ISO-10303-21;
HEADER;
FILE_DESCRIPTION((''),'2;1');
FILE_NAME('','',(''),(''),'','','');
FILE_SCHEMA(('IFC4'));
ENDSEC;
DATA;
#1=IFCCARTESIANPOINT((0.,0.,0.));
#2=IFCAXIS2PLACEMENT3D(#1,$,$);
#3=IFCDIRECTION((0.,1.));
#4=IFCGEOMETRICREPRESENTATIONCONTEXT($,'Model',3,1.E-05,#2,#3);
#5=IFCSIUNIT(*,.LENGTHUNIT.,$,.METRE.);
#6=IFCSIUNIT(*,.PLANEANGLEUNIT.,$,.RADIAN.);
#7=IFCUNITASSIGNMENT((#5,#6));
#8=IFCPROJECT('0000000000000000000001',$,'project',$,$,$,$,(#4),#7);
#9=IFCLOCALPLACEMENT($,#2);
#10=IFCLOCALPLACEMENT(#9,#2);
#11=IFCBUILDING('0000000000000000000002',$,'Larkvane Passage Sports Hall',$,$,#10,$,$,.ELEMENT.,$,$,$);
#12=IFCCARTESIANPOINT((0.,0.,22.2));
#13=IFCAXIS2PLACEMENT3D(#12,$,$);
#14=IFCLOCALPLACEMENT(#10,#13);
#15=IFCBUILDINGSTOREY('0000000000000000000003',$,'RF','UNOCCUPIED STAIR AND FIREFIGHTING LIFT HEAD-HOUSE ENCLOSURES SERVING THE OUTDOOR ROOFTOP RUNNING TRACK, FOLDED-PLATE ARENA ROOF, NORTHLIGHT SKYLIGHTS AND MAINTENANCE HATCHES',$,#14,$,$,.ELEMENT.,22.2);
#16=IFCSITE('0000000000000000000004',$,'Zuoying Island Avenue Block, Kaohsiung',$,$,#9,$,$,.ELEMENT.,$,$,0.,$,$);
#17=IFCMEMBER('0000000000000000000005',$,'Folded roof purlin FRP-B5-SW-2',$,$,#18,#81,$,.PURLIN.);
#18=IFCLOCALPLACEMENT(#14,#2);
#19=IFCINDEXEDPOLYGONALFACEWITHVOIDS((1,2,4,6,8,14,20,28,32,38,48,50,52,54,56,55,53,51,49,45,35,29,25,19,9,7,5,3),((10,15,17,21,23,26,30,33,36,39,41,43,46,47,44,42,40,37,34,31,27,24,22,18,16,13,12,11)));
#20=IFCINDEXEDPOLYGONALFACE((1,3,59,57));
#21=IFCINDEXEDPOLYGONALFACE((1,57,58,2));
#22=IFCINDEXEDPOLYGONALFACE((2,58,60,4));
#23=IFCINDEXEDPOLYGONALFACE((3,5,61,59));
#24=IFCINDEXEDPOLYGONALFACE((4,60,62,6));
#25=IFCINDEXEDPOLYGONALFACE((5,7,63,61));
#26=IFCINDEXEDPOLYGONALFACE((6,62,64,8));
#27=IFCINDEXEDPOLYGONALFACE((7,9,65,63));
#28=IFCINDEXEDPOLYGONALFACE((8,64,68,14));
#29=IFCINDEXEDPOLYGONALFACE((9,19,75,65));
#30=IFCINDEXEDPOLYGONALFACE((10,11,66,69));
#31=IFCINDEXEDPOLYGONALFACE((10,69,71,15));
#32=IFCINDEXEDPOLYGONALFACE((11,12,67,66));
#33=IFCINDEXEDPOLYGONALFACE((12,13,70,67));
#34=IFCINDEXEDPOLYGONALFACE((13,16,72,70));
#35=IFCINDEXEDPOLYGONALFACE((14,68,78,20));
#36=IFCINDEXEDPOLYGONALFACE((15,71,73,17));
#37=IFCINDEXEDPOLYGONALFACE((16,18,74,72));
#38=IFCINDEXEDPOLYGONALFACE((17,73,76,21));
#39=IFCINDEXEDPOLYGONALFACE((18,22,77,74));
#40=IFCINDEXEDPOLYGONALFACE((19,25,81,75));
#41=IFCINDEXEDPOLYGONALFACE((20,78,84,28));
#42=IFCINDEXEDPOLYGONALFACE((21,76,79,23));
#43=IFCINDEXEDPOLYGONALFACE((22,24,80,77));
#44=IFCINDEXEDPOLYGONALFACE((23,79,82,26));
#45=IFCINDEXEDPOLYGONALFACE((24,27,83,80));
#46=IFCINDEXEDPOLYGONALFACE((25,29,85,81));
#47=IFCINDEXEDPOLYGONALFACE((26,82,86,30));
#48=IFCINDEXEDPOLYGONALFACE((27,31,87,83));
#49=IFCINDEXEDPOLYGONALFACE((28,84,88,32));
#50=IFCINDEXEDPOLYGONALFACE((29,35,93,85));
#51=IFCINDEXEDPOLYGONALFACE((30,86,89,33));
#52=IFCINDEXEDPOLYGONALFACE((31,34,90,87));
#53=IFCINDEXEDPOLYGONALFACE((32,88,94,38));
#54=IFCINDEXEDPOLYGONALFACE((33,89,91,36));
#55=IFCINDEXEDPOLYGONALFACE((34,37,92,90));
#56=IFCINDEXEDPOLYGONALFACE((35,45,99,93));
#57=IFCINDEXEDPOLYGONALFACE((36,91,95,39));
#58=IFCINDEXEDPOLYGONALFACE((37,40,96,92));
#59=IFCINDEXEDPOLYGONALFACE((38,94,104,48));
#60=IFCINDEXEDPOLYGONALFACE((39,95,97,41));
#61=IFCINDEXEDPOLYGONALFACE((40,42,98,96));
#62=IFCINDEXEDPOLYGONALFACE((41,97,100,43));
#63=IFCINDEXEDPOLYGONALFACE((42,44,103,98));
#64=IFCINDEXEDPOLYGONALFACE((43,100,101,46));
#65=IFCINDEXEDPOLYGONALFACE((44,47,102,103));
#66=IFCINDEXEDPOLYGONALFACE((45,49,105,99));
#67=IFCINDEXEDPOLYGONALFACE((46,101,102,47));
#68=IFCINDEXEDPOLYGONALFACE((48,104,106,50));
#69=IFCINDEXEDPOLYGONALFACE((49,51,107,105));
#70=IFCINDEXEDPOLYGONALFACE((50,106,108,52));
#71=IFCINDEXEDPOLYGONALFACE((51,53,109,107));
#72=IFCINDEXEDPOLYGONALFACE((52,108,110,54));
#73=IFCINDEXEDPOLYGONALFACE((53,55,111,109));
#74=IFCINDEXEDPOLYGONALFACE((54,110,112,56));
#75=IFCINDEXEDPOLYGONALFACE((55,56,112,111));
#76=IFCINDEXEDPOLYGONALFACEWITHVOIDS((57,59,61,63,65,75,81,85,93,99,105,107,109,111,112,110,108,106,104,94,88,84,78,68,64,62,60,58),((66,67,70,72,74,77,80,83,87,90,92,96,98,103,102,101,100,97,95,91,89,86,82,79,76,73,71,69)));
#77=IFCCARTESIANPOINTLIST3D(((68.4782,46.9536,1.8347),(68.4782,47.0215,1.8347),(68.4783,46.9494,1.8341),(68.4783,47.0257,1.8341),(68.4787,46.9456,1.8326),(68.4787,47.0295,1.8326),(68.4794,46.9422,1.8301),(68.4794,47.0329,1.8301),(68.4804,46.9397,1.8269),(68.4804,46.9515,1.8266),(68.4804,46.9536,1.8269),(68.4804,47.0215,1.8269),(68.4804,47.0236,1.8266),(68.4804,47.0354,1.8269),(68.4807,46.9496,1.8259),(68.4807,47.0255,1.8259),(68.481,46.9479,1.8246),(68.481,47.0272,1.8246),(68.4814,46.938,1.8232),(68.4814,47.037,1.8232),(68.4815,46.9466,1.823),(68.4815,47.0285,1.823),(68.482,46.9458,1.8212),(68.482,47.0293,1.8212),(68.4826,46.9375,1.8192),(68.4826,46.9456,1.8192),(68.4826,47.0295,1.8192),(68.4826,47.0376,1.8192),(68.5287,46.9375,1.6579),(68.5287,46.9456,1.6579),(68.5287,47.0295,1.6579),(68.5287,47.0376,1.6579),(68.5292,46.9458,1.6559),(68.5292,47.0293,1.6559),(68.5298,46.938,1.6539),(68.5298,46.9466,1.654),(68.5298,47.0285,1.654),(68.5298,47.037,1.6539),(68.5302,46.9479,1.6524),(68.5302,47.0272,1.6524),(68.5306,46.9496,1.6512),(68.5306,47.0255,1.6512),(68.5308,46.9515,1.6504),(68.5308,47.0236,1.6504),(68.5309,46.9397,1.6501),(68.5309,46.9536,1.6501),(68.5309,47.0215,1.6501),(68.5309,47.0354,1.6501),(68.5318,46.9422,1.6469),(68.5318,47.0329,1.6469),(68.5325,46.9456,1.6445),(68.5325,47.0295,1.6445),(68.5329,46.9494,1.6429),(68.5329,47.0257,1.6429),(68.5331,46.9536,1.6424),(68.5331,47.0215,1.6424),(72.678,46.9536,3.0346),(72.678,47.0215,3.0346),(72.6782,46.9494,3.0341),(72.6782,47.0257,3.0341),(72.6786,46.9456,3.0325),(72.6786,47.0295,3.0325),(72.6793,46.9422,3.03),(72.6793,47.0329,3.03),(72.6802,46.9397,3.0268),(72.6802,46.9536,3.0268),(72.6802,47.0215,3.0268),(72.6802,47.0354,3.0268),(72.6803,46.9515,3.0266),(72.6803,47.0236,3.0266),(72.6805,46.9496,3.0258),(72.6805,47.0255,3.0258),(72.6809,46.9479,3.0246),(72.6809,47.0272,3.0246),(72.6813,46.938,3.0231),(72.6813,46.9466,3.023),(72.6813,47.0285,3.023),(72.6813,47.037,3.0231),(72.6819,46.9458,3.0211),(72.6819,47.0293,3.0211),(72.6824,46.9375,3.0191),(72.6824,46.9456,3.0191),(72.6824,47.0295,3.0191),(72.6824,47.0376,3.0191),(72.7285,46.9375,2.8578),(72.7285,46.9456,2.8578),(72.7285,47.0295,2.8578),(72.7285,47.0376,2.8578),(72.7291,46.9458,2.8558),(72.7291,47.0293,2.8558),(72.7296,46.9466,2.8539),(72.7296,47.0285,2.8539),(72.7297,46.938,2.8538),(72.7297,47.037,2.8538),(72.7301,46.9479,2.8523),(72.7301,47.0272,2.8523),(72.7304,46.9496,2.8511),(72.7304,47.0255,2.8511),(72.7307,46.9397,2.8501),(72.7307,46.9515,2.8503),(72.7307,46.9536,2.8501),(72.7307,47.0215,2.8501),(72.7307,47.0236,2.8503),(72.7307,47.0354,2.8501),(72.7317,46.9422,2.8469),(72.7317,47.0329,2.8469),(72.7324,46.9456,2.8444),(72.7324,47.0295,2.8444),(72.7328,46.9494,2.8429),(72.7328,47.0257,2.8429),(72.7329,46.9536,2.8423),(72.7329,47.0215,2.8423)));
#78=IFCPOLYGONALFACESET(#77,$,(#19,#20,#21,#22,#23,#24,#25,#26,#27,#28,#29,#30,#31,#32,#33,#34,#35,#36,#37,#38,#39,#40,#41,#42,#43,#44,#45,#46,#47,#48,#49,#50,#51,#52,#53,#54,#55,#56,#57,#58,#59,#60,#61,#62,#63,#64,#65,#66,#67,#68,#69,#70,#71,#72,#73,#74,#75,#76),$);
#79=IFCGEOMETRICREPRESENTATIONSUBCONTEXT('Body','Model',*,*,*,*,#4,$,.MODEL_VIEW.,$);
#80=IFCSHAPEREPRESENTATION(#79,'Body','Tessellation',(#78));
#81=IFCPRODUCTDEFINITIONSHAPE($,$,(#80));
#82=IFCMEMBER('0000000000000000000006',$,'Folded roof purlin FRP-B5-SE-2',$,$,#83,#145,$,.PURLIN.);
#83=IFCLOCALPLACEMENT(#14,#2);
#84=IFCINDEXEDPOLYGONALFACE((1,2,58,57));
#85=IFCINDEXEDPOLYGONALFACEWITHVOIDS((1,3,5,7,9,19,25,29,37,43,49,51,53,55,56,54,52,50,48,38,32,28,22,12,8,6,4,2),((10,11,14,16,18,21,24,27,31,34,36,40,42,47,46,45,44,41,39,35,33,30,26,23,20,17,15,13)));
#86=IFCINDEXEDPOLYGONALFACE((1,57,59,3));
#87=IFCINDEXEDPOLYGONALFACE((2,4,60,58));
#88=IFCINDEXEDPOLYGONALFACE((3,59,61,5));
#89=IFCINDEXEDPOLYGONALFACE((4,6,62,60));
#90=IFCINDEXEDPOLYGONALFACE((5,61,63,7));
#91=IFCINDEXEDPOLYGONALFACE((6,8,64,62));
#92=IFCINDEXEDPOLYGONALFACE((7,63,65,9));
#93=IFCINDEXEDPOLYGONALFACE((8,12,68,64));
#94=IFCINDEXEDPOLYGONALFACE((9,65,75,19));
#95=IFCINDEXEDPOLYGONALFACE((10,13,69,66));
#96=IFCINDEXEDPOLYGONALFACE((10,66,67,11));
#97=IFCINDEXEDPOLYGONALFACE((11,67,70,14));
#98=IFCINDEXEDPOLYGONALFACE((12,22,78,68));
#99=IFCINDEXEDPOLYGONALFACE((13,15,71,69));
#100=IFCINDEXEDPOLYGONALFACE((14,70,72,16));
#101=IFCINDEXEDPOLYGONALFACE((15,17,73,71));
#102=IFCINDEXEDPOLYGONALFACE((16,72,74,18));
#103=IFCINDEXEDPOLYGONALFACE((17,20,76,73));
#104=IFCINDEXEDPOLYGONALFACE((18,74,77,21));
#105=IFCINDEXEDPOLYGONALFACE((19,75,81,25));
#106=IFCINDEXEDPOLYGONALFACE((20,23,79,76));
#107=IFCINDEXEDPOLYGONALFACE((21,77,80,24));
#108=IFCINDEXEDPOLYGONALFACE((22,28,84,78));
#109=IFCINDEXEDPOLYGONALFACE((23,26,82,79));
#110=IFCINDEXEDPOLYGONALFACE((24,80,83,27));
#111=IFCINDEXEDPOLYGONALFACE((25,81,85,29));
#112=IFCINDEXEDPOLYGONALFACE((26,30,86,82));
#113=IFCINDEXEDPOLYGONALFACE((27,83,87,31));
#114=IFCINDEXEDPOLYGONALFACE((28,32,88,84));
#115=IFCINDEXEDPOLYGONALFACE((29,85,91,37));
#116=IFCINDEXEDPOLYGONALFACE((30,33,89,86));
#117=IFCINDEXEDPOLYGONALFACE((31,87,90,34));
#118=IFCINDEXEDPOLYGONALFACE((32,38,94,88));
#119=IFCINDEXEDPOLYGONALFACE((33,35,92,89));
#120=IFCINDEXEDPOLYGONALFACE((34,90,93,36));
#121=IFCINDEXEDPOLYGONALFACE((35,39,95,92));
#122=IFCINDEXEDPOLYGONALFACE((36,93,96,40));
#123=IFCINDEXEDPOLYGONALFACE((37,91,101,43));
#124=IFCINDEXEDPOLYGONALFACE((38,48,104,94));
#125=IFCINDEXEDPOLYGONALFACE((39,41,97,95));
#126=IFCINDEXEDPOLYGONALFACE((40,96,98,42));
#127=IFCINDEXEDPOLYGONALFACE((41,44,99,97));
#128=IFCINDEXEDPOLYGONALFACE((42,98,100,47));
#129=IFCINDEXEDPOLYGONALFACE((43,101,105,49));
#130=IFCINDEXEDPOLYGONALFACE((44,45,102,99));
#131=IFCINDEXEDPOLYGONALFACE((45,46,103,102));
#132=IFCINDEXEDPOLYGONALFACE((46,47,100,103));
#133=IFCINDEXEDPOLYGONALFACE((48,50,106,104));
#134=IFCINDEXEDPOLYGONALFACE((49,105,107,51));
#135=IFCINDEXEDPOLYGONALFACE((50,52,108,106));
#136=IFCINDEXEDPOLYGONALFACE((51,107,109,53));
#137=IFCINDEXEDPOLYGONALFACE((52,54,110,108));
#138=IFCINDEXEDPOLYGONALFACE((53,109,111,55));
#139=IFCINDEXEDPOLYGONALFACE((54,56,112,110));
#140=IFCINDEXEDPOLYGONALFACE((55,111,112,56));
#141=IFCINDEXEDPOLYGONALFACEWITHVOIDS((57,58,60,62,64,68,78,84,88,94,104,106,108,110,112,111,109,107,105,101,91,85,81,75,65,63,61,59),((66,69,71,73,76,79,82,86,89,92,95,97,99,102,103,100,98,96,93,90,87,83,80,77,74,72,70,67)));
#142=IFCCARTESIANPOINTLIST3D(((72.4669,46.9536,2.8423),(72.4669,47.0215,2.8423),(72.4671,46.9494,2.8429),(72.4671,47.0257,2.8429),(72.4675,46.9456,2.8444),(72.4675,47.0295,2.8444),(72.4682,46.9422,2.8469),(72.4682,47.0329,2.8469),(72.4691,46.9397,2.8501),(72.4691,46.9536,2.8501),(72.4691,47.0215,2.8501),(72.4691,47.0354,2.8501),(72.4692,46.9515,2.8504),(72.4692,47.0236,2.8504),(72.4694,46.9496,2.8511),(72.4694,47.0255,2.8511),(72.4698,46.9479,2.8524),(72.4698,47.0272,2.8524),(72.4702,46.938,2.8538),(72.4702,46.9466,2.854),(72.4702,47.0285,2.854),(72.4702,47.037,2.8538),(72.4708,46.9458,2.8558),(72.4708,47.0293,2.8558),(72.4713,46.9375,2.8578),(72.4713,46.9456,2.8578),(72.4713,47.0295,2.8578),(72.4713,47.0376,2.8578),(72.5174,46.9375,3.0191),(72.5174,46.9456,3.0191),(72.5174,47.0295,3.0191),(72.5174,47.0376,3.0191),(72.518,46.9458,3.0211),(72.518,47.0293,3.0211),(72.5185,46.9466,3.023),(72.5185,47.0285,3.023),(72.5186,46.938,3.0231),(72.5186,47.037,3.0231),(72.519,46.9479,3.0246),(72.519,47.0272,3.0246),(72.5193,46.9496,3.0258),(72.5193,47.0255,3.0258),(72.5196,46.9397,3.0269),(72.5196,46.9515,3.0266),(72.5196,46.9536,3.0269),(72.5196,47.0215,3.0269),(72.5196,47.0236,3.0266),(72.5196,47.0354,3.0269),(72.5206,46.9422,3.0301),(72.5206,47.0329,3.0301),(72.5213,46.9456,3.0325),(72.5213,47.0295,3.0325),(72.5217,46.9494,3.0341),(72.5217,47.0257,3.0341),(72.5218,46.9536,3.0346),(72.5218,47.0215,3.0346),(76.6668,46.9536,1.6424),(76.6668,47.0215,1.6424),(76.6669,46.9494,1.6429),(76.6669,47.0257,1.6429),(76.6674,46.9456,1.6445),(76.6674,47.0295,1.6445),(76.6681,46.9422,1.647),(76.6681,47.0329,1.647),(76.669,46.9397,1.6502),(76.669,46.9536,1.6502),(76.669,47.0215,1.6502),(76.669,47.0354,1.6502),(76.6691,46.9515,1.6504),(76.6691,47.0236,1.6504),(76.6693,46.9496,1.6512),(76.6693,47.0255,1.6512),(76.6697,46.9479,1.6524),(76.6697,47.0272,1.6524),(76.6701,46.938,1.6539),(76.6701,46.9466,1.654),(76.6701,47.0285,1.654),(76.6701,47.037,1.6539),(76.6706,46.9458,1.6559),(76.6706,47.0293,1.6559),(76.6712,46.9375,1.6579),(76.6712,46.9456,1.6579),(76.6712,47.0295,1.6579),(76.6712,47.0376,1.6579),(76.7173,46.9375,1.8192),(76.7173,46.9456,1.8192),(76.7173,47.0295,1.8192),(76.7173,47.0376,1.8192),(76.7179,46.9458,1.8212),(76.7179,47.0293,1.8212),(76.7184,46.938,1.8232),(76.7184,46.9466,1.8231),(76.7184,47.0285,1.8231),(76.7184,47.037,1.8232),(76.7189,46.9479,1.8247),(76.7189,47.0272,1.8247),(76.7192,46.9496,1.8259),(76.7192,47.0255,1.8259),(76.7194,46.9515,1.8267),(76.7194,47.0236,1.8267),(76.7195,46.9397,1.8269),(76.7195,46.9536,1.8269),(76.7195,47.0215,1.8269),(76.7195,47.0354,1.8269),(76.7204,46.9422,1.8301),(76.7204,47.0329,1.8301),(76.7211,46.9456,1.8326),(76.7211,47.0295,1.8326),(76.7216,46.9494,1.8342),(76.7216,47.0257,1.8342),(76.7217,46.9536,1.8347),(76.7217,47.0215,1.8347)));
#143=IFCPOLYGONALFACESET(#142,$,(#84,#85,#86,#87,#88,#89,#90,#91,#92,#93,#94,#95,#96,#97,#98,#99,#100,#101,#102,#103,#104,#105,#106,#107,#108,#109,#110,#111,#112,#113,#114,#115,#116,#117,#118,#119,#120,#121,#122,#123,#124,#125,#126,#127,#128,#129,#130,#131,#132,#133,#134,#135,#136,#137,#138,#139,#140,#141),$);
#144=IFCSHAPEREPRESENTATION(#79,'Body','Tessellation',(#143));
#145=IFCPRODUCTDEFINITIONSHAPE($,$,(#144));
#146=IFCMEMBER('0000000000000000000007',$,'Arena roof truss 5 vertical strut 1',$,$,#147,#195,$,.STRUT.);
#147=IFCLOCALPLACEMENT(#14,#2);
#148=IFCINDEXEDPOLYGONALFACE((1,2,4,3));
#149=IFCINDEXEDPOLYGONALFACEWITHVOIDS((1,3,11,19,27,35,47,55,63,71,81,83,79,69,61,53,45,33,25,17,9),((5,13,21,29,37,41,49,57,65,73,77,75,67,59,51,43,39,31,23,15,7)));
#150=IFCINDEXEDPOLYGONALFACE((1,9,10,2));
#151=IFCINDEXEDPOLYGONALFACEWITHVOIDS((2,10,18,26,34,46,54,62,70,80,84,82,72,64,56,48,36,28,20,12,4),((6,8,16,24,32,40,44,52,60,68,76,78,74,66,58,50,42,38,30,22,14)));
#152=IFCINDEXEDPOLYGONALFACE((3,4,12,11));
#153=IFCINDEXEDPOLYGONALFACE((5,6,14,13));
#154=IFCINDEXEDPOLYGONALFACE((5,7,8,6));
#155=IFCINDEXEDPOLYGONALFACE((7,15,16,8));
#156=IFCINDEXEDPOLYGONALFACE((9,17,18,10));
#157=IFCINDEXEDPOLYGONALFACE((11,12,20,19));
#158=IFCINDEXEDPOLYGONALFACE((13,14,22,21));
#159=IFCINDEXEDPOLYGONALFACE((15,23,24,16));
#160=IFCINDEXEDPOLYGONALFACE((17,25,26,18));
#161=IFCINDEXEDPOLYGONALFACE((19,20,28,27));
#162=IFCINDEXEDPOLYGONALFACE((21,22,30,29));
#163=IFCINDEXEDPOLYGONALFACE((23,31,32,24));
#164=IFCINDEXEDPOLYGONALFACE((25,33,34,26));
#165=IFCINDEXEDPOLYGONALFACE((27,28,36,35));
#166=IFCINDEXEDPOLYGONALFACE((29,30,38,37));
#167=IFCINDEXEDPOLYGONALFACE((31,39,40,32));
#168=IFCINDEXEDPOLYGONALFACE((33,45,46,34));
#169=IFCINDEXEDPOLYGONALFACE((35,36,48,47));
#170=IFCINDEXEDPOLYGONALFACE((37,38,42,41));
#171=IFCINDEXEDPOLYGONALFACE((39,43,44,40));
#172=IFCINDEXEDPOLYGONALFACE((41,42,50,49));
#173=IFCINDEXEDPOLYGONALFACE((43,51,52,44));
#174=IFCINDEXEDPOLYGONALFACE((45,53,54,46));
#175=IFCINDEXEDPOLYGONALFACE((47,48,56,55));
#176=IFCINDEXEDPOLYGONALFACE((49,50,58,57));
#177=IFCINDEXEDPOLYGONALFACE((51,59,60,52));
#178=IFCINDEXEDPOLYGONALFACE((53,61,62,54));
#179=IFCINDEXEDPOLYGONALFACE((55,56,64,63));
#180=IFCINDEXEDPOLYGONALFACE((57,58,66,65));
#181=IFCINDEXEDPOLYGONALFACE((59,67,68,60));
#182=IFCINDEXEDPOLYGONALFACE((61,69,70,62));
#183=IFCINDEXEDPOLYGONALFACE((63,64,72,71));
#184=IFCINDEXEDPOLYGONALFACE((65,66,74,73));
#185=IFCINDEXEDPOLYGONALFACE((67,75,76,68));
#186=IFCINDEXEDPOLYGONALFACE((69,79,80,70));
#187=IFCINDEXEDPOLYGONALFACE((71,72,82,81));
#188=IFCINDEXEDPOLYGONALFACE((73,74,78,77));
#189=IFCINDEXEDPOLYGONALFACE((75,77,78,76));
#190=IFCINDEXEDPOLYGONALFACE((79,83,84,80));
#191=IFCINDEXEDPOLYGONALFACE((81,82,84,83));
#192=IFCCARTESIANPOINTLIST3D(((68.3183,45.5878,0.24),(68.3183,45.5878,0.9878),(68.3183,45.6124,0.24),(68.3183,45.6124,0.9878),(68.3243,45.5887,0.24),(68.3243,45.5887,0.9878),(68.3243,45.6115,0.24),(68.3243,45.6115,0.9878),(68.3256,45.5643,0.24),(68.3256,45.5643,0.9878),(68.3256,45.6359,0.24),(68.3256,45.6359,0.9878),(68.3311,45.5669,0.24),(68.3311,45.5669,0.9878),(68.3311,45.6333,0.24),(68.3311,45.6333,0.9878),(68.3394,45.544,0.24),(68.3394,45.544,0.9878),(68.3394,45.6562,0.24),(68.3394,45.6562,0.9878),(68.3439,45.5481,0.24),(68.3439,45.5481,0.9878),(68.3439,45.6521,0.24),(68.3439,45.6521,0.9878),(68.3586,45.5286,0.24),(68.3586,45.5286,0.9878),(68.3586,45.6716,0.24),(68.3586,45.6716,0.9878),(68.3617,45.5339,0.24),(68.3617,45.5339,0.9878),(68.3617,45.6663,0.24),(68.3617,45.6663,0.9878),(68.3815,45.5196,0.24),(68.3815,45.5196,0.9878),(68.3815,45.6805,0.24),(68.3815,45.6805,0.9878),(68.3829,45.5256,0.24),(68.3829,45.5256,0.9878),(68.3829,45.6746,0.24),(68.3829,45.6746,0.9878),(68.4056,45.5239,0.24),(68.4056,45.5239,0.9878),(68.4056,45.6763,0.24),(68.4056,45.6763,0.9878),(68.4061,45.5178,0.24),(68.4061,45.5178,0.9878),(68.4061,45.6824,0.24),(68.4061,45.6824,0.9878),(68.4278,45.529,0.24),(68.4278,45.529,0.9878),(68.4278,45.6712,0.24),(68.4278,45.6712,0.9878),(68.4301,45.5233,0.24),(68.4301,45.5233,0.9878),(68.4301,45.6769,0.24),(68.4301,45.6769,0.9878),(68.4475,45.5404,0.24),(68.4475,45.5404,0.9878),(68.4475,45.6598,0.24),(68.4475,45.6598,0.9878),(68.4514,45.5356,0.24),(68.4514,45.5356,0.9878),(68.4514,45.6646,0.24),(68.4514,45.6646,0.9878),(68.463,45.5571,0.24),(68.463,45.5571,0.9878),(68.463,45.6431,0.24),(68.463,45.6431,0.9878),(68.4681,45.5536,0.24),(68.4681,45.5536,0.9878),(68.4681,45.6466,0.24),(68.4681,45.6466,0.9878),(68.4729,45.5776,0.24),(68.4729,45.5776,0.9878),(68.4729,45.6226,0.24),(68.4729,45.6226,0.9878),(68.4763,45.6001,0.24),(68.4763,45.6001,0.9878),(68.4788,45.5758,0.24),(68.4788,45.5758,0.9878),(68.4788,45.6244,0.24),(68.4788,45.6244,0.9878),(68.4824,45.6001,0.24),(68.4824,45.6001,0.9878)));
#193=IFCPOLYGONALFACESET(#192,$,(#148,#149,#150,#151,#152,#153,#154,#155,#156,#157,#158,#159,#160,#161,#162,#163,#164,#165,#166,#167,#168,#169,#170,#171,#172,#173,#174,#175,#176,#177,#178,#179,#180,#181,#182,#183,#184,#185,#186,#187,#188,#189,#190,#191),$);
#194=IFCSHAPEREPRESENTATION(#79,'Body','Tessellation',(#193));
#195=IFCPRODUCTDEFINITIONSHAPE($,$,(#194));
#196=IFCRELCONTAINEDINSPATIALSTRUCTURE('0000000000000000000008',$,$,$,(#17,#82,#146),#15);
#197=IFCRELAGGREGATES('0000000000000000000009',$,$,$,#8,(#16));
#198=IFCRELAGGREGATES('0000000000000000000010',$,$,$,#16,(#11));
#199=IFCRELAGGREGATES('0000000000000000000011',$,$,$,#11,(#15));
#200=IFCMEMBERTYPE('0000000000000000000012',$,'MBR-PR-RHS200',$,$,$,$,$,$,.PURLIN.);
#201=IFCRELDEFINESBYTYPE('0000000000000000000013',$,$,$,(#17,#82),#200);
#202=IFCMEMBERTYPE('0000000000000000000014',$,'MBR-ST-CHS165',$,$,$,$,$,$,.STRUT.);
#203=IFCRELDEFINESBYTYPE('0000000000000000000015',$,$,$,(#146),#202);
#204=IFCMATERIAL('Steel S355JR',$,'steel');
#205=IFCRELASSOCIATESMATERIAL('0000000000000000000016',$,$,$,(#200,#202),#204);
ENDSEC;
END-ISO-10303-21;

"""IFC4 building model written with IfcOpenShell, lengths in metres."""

from ifc_helpers import new_model, si_unit, direction, frame, origin, origin_2d, place, context, subcontext, project, spatial, hollow_rectangle, hollow_circle, extrude, material, material_profile, profile_set, type_object, element, save


model = new_model("IFC4")

# Units and contexts
model_context = context("Model", 3, precision=1e-05, world=origin(), true_north=direction((0.0, 1.0)))
body_context = subcontext(model_context, "Body", "Model", "MODEL_VIEW")
ifc_project = project(units=[si_unit("LENGTHUNIT", "METRE"), si_unit("PLANEANGLEUNIT", "RADIAN")], contexts=[model_context])

# Site, building, storey
site_placement = place(None, origin())
site = spatial("IfcSite", under=ifc_project, at=site_placement, Name="Zuoying Island Avenue Block, Kaohsiung", CompositionType="ELEMENT", RefElevation=0.0)
building_placement = place(site_placement, origin())
building = spatial("IfcBuilding", under=site, at=building_placement, Name="Larkvane Passage Sports Hall", CompositionType="ELEMENT")
storey_placement = place(building_placement, frame((0.0, 0.0, 22.2)))
storey = spatial("IfcBuildingStorey", under=building, at=storey_placement, Name="RF", Description="UNOCCUPIED STAIR AND FIREFIGHTING LIFT HEAD-HOUSE ENCLOSURES SERVING THE OUTDOOR ROOFTOP RUNNING TRACK, FOLDED-PLATE ARENA ROOF, NORTHLIGHT SKYLIGHTS AND MAINTENANCE HATCHES", CompositionType="ELEMENT", Elevation=22.2)

# Members
ifc_material_1 = material(Name="Steel S355JR", Category="steel")
ifc_material_profile_1 = material_profile(ifc_material_1, hollow_rectangle(XDim=0.1001, YDim=0.2, WallThickness=0.0081, InnerFilletRadius=0.0081, OuterFilletRadius=0.0161, at=origin_2d()), Name="RHS-200x100x8")
ifc_profile_set_1 = profile_set([ifc_material_profile_1], Name="Steel S355JR")
member_type_1 = type_object("IfcMemberType", Name="MBR-PR-RHS200", PredefinedType="PURLIN", material=ifc_profile_set_1)
for number, where, z_axis, x_axis, name in (
    (1, (68.5056, 46.9875, 1.7385), (0.961526, 0.0, 0.274714), (0.0, 1.0, 0.0), "Folded roof purlin FRP-B5-SW-2"),
    (2, (72.4944, 46.9875, 2.9385), (0.961526, 0.0, -0.274714), (0.0, 1.0, 0.0), "Folded roof purlin FRP-B5-SE-2"),
):
    element("IfcMember", number, at=place(storey_placement, frame(where, z_axis=z_axis, x_axis=x_axis)), inside=storey, type_object=member_type_1, Name=name, PredefinedType="PURLIN", context=body_context, shape_type="SweptSolid", body=[
        extrude(hollow_rectangle(XDim=0.1001, YDim=0.2, WallThickness=0.0081, InnerFilletRadius=0.0081, OuterFilletRadius=0.0161, at=origin_2d()), origin(), (0.0, 0.0, 1.0), 4.3679),
    ])
ifc_material_profile_2 = material_profile(ifc_material_1, hollow_circle(Radius=0.0825, WallThickness=0.0061, at=origin_2d()), Name="CHS-165.2x6.0")
ifc_profile_set_2 = profile_set([ifc_material_profile_2], Name="Steel S355JR")
member_type_2 = type_object("IfcMemberType", Name="MBR-ST-CHS165", PredefinedType="STRUT", material=ifc_profile_set_2)
member_1_placement = place(storey_placement, frame((68.3999, 45.6001, 0.24), z_axis=(0.0, 0.0, 1.0), x_axis=(1.0, 0.0, 0.0)))
element("IfcMember", 3, at=member_1_placement, inside=storey, type_object=member_type_2, Name="Arena roof truss 5 vertical strut 1", PredefinedType="STRUT", context=body_context, shape_type="SweptSolid", body=[
    extrude(hollow_circle(Radius=0.0825, WallThickness=0.0061, at=origin_2d()), origin(), (0.0, 0.0, 1.0), 0.7478),
])

save(model, "model.ifc")
